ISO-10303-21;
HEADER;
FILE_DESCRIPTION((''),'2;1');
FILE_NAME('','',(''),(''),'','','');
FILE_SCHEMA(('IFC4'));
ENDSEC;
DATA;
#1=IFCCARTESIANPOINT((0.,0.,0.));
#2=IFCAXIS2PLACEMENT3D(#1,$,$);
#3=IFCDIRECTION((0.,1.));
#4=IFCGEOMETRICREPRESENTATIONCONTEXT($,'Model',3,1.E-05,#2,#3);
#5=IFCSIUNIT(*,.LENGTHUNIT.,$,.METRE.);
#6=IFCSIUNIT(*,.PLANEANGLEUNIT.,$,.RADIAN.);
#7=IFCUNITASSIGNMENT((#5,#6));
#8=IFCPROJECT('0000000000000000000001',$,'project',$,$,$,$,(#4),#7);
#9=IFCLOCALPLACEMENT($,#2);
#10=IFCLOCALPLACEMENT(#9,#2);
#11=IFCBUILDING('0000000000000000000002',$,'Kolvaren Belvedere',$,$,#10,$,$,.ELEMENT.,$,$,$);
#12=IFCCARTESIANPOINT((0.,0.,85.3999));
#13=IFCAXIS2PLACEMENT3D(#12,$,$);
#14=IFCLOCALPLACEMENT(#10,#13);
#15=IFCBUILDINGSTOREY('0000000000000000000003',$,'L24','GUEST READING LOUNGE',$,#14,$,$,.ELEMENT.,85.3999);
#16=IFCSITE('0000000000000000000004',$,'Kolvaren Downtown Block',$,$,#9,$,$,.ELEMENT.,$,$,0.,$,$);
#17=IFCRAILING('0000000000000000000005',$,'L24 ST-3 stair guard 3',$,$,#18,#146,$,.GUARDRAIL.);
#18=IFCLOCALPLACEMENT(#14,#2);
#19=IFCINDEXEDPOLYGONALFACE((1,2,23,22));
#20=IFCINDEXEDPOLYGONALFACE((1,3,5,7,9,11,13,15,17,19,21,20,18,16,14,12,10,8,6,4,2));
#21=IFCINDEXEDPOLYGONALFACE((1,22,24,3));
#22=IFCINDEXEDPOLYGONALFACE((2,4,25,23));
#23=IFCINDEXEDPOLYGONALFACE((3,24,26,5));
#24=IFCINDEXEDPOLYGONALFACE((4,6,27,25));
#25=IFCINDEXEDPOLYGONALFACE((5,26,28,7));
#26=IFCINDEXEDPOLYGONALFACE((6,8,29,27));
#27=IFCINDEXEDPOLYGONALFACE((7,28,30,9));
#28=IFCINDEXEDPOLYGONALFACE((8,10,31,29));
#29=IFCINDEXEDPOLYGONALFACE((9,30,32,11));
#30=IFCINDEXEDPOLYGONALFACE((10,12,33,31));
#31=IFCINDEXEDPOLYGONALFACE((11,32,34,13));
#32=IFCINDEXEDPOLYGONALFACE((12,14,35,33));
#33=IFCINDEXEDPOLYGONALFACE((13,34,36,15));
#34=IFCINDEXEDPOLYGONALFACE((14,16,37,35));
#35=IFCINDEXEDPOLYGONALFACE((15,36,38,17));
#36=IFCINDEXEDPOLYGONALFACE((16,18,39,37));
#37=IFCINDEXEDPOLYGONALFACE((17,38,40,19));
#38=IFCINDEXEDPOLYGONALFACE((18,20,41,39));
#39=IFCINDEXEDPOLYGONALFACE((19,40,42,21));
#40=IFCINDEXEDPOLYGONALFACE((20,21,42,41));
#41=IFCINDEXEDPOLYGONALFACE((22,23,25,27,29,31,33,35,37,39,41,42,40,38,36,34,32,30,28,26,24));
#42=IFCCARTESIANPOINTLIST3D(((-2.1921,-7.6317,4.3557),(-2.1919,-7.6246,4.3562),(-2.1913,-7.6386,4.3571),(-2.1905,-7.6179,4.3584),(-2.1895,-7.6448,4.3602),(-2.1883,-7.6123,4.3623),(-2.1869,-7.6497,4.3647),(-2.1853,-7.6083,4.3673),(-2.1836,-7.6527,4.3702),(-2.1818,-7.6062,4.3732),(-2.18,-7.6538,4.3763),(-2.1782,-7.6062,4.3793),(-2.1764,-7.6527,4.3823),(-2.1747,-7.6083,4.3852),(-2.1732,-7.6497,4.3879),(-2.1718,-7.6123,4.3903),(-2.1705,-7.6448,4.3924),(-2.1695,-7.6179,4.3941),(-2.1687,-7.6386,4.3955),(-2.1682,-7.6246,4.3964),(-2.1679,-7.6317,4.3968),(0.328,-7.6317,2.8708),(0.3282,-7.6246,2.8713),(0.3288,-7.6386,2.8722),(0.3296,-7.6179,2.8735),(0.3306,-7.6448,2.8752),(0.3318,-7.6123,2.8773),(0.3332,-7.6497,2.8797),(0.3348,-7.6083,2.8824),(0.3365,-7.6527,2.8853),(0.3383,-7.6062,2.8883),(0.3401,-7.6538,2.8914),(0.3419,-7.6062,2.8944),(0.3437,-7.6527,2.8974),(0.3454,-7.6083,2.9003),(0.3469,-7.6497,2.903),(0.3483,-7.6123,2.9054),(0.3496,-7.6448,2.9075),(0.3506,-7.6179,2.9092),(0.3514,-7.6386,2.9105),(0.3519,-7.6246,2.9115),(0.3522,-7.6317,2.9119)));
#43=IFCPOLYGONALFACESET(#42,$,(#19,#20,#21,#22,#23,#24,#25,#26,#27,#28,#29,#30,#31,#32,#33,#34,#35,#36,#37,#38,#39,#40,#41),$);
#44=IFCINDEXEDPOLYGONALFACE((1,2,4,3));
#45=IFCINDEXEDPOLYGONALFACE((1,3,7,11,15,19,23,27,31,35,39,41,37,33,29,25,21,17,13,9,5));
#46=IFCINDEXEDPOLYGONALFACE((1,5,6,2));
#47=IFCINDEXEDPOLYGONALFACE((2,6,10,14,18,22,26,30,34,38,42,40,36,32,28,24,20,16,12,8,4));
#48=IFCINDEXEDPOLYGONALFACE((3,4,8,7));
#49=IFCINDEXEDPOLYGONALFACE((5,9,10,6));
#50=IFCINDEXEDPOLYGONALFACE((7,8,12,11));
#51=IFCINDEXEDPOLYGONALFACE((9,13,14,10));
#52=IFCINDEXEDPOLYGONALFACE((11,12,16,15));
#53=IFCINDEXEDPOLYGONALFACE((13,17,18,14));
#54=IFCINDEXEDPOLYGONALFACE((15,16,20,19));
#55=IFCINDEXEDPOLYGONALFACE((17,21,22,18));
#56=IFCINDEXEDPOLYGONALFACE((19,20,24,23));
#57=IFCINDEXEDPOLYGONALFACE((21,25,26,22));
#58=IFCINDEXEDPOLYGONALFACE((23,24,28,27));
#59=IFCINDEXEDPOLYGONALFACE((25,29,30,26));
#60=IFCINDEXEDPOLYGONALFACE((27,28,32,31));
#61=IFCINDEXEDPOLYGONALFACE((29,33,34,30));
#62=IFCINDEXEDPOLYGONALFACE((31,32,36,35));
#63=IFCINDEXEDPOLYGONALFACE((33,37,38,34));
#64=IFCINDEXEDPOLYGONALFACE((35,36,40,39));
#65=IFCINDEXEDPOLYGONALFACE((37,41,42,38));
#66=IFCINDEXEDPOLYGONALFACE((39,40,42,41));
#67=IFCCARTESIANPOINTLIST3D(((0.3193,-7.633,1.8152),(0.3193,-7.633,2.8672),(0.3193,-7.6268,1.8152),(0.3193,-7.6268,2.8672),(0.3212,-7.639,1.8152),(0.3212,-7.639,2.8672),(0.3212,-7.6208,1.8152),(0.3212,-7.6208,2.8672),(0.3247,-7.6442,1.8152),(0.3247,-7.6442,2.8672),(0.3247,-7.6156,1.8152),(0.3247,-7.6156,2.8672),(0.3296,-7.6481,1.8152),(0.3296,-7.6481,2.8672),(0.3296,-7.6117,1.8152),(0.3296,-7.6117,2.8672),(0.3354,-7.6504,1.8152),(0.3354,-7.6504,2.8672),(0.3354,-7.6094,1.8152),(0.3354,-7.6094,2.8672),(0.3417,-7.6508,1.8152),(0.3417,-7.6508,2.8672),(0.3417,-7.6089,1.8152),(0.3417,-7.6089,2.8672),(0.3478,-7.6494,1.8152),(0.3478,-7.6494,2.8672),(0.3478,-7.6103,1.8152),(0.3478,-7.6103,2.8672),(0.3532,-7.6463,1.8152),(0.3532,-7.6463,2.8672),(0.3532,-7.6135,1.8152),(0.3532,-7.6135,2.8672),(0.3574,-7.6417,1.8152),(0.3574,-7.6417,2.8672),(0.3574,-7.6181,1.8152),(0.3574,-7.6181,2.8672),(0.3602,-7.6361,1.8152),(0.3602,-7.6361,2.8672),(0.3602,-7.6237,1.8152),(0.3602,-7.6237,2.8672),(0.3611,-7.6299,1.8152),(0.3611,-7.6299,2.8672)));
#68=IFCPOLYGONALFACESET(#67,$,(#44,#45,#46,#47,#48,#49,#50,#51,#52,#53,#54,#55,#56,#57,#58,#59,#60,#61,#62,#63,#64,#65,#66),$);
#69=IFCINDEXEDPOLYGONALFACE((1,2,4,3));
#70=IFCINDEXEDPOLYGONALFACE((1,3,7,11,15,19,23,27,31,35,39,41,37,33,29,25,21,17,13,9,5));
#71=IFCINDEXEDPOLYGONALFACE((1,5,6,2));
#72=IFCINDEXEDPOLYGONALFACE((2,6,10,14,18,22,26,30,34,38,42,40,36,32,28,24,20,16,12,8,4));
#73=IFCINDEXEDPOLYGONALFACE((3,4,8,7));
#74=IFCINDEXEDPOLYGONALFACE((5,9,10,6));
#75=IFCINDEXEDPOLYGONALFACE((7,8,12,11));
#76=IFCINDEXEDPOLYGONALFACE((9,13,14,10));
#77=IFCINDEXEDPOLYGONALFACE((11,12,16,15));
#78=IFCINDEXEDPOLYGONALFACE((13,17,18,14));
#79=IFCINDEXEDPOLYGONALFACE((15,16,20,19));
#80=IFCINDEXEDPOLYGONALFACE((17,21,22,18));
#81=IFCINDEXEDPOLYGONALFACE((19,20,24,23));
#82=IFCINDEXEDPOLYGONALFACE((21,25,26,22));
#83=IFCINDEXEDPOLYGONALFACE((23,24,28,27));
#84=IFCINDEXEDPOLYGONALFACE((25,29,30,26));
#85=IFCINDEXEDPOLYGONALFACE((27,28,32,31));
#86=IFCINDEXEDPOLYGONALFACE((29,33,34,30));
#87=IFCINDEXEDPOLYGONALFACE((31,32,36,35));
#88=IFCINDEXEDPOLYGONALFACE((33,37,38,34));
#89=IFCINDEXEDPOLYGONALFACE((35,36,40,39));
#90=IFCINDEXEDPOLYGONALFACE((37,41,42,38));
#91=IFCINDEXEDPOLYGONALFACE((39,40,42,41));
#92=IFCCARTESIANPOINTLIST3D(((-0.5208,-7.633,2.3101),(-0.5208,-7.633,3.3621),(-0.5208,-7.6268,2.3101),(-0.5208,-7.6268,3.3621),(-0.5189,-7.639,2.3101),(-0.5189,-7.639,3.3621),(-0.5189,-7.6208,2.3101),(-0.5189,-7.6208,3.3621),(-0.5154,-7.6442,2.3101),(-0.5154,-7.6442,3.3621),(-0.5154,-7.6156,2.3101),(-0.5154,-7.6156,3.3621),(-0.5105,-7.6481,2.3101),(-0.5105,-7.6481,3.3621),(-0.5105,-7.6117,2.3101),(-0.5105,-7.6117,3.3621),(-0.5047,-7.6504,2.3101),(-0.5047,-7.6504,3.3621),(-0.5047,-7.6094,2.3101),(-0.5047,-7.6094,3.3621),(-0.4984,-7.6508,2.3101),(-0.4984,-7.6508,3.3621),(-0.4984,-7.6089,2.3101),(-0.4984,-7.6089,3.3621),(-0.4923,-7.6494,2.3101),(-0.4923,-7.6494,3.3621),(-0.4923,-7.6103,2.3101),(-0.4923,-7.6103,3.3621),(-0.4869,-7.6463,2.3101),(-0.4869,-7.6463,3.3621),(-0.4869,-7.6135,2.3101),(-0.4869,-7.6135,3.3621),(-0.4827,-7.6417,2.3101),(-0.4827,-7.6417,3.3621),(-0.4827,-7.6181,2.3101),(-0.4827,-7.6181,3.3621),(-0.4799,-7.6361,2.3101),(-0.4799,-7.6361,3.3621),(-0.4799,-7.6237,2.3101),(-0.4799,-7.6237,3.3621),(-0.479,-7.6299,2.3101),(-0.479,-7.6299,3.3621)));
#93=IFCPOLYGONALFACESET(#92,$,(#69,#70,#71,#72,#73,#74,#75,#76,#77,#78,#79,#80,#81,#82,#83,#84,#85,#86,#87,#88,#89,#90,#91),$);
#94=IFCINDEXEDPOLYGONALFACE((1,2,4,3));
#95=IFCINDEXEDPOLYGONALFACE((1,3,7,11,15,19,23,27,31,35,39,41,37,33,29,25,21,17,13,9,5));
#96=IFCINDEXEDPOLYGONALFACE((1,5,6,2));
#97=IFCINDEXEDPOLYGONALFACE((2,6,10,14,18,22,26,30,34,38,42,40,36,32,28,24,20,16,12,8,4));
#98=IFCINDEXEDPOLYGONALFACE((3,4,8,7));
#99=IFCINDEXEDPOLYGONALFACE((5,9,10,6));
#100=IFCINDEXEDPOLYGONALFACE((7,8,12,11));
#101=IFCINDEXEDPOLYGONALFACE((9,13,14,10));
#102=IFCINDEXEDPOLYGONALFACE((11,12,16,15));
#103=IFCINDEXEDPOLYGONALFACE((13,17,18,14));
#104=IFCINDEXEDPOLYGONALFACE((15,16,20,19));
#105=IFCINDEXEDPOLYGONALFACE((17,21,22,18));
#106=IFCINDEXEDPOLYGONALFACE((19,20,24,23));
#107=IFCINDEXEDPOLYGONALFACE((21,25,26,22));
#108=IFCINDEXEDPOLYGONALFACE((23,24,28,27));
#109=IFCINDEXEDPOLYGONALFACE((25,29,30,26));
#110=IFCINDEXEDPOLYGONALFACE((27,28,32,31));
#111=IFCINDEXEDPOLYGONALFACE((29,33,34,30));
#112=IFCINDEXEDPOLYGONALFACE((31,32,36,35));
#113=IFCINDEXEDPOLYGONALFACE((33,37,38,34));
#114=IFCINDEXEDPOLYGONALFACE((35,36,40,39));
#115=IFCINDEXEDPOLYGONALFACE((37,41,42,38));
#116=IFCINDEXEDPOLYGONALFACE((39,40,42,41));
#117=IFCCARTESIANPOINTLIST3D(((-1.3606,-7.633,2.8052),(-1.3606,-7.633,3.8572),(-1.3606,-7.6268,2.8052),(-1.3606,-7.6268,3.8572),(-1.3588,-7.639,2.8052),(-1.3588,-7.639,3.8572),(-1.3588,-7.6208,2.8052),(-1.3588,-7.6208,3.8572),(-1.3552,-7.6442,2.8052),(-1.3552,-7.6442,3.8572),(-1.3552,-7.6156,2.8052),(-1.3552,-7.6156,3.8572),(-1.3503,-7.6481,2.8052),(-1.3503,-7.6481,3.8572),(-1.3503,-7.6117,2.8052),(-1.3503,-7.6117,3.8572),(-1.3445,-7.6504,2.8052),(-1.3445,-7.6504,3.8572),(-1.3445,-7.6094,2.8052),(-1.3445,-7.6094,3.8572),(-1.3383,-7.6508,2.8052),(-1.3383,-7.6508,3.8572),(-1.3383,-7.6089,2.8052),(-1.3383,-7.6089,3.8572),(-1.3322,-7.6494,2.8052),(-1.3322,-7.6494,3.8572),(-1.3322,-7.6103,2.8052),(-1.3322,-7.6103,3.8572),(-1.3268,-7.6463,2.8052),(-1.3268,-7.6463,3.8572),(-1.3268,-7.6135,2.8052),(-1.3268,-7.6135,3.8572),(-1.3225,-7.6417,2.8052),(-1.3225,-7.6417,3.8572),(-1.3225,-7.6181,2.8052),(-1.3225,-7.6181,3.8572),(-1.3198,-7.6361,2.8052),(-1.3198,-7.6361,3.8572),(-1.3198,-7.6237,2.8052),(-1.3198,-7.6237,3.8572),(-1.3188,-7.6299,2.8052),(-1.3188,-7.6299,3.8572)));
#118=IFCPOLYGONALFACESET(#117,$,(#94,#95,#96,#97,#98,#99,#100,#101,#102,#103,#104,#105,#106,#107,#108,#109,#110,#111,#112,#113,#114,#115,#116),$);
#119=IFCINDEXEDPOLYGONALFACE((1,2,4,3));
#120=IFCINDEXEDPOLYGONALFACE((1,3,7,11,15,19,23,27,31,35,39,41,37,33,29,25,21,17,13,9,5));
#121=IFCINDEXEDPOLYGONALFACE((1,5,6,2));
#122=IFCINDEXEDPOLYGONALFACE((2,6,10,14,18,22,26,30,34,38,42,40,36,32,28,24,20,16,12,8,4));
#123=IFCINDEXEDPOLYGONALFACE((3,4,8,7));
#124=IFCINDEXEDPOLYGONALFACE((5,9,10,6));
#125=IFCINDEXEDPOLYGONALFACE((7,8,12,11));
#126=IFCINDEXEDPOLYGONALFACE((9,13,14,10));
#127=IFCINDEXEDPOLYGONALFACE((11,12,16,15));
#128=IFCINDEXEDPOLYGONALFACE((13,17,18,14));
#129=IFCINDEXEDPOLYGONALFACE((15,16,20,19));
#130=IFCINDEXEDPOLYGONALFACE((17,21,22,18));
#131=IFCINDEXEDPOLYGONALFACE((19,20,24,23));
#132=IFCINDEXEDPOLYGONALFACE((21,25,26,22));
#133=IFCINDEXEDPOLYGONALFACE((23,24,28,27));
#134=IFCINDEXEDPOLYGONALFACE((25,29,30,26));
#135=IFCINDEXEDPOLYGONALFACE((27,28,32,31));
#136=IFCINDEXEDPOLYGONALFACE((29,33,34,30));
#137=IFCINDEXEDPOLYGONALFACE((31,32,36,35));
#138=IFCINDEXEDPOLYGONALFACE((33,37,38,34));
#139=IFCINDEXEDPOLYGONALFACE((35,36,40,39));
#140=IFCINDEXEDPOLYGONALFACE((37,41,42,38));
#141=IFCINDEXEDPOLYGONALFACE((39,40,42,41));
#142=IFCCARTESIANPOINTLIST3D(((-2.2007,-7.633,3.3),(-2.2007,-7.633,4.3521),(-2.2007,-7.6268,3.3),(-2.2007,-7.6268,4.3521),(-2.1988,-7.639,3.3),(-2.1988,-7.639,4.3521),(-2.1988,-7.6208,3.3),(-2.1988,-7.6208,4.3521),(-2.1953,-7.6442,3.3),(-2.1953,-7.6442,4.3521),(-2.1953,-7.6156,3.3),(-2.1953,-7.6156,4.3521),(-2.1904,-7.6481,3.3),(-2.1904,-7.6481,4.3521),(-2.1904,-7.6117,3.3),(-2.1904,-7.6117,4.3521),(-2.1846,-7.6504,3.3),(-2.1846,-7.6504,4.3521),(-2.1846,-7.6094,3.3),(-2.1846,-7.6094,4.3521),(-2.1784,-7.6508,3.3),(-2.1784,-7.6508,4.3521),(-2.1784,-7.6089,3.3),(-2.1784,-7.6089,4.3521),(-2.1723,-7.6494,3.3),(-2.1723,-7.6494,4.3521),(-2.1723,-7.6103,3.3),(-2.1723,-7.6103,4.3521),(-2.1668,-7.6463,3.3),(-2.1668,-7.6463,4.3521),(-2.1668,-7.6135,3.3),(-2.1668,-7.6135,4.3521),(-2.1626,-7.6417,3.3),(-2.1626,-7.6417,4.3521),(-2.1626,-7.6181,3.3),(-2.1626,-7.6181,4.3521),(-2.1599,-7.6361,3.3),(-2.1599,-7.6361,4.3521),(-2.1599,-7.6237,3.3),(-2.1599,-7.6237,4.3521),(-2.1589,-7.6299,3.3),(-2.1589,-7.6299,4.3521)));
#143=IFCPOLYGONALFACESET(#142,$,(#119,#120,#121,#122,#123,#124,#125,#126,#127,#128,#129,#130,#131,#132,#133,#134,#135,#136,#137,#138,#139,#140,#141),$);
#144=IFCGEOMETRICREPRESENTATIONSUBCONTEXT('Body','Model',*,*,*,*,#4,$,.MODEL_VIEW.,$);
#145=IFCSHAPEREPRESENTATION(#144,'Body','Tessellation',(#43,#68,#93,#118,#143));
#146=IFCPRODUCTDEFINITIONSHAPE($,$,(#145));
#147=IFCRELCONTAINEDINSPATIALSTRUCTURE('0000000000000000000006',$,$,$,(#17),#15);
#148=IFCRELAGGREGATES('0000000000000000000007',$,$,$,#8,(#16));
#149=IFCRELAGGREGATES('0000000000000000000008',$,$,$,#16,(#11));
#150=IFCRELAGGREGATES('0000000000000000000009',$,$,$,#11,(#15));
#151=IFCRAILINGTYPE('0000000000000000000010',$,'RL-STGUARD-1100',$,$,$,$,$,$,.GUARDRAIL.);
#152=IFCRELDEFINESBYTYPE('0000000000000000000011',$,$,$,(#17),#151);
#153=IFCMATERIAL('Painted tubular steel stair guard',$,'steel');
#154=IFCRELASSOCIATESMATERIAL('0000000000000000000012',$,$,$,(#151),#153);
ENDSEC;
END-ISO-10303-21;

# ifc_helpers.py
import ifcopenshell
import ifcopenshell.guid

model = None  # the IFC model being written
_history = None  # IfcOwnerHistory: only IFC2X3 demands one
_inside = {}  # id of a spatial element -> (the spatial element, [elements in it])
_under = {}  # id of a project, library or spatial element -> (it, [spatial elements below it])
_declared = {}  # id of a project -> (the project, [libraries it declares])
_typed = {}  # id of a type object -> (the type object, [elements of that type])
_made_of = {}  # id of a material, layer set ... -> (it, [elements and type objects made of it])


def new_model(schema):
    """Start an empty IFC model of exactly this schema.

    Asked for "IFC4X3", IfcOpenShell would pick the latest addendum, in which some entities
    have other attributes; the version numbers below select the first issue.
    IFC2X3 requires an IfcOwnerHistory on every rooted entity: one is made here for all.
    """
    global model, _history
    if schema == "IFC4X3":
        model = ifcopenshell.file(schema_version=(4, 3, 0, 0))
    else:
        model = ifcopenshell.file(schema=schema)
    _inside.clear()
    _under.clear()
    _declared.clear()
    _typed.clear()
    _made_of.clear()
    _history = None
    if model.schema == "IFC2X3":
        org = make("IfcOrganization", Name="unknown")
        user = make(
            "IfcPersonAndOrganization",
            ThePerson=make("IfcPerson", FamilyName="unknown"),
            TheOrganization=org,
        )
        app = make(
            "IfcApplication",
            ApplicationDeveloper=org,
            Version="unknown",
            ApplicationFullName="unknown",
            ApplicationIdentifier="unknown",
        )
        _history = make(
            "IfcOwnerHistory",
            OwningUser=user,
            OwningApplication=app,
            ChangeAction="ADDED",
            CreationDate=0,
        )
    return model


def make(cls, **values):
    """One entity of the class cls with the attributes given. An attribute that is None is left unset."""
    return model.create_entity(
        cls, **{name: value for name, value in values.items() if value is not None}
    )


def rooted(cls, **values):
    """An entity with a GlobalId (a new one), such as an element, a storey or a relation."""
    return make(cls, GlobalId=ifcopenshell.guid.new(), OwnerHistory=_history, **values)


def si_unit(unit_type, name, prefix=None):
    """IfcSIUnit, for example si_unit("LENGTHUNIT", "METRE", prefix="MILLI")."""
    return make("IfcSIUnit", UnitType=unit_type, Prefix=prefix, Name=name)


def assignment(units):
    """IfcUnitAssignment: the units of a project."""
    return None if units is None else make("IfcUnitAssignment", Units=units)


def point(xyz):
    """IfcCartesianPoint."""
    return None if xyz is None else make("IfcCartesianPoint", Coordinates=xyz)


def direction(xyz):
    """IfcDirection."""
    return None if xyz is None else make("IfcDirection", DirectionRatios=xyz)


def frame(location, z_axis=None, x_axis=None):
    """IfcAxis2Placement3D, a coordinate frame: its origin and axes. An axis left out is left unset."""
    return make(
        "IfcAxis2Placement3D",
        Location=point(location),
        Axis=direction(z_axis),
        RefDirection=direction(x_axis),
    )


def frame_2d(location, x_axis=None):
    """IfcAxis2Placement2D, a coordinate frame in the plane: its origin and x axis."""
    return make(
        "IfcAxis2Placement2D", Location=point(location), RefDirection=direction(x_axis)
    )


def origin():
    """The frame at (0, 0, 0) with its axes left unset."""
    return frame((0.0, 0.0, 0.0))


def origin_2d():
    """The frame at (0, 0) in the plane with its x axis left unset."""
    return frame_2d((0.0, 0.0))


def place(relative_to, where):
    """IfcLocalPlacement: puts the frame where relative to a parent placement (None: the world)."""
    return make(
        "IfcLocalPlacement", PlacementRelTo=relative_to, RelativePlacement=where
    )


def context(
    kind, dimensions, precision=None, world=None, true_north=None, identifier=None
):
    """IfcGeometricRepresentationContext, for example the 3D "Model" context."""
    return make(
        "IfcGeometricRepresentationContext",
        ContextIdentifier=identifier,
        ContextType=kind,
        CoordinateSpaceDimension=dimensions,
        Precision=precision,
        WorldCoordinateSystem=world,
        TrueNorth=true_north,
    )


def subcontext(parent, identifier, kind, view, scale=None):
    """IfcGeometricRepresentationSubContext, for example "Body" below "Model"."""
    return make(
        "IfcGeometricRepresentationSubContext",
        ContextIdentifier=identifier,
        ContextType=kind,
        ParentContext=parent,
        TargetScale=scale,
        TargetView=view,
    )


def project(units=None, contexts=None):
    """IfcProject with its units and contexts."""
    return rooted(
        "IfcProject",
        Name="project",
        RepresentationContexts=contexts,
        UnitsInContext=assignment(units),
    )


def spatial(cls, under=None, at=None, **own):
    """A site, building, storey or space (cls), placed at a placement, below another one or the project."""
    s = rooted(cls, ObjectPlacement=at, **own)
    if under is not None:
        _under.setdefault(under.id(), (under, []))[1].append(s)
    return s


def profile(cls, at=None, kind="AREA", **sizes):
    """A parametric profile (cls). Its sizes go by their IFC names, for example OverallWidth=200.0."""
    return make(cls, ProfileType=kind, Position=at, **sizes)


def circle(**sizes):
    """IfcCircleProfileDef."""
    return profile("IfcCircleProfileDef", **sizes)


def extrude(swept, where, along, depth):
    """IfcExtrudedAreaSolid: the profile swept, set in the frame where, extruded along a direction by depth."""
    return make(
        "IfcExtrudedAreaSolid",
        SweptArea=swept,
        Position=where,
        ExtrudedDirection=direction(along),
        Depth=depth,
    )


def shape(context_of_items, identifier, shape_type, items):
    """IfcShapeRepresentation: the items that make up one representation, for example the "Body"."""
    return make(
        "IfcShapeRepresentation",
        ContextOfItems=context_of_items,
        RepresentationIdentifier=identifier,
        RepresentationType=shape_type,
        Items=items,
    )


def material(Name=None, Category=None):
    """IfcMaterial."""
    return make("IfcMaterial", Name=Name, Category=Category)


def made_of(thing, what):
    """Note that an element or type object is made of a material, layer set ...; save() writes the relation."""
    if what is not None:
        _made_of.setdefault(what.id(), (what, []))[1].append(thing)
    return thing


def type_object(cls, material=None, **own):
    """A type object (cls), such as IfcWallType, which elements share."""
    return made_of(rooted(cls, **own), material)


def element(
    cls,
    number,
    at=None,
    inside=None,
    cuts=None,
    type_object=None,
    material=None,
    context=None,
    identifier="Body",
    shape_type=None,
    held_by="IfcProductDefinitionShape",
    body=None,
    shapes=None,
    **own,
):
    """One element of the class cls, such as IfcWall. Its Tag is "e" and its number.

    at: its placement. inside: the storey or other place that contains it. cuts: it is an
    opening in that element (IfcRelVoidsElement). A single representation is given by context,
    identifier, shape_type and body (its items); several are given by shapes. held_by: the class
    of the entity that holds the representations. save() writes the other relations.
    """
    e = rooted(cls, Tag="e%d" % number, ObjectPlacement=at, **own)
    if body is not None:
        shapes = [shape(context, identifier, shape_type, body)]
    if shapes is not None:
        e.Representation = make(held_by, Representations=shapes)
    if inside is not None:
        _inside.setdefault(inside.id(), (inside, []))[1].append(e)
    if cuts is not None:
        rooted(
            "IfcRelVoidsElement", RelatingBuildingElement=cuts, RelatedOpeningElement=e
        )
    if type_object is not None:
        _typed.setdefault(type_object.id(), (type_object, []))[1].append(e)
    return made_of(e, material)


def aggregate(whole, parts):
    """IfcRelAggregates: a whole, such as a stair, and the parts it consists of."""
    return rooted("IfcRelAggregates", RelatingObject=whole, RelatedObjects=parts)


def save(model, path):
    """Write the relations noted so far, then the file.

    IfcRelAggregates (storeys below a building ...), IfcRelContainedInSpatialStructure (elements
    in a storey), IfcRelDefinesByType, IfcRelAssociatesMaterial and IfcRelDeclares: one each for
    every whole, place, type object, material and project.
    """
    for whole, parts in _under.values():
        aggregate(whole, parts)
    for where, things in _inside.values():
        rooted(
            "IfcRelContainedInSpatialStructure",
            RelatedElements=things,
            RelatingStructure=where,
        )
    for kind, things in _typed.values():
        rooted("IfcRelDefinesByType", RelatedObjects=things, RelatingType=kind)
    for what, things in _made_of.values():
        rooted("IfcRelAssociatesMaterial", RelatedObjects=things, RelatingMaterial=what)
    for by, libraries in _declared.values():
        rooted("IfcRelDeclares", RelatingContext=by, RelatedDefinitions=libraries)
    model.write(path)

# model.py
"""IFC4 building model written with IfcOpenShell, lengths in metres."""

from ifc_helpers import new_model, si_unit, direction, frame, origin, origin_2d, place, context, subcontext, project, spatial, circle, extrude, material, type_object, element, save


model = new_model("IFC4")

# Units and contexts
model_context = context("Model", 3, precision=1e-05, world=origin(), true_north=direction((0.0, 1.0)))
body_context = subcontext(model_context, "Body", "Model", "MODEL_VIEW")
ifc_project = project(units=[si_unit("LENGTHUNIT", "METRE"), si_unit("PLANEANGLEUNIT", "RADIAN")], contexts=[model_context])

# Site, building, storey
site_placement = place(None, origin())
site = spatial("IfcSite", under=ifc_project, at=site_placement, Name="Kolvaren Downtown Block", CompositionType="ELEMENT", RefElevation=0.0)
building_placement = place(site_placement, origin())
building = spatial("IfcBuilding", under=site, at=building_placement, Name="Kolvaren Belvedere", CompositionType="ELEMENT")
storey_placement = place(building_placement, frame((0.0, 0.0, 85.3999)))
storey = spatial("IfcBuildingStorey", under=building, at=storey_placement, Name="L24", Description="GUEST READING LOUNGE", CompositionType="ELEMENT", Elevation=85.3999)

# Railing
ifc_material_1 = material(Name="Painted tubular steel stair guard", Category="steel")
railing_type_1 = type_object("IfcRailingType", Name="RL-STGUARD-1100", PredefinedType="GUARDRAIL", material=ifc_material_1)
railing_1_placement = place(storey_placement, frame((0.3401, -7.6299, 1.8152)))
element("IfcRailing", 1, at=railing_1_placement, inside=storey, type_object=railing_type_1, Name="L24 ST-3 stair guard 3", PredefinedType="GUARDRAIL", context=body_context, shape_type="SweptSolid", body=[
    extrude(circle(Radius=0.0239, at=origin_2d()), frame((0.0, 0.0, 1.0762), z_axis=(-0.861561, 0.0, 0.507655), x_axis=(0.0, -1.0, 0.0)), (0.0, 0.0, 1.0), 2.925),
    extrude(circle(Radius=0.021, at=origin_2d()), origin(), (0.0, 0.0, 1.0), 1.052),
    extrude(circle(Radius=0.021, at=origin_2d()), frame((-0.8401, 0.0, 0.4949)), (0.0, 0.0, 1.0), 1.052),
    extrude(circle(Radius=0.021, at=origin_2d()), frame((-1.6799, 0.0, 0.99)), (0.0, 0.0, 1.0), 1.052),
    extrude(circle(Radius=0.021, at=origin_2d()), frame((-2.52, 0.0, 1.4849)), (0.0, 0.0, 1.0), 1.052),
])

save(model, "model.ifc")
